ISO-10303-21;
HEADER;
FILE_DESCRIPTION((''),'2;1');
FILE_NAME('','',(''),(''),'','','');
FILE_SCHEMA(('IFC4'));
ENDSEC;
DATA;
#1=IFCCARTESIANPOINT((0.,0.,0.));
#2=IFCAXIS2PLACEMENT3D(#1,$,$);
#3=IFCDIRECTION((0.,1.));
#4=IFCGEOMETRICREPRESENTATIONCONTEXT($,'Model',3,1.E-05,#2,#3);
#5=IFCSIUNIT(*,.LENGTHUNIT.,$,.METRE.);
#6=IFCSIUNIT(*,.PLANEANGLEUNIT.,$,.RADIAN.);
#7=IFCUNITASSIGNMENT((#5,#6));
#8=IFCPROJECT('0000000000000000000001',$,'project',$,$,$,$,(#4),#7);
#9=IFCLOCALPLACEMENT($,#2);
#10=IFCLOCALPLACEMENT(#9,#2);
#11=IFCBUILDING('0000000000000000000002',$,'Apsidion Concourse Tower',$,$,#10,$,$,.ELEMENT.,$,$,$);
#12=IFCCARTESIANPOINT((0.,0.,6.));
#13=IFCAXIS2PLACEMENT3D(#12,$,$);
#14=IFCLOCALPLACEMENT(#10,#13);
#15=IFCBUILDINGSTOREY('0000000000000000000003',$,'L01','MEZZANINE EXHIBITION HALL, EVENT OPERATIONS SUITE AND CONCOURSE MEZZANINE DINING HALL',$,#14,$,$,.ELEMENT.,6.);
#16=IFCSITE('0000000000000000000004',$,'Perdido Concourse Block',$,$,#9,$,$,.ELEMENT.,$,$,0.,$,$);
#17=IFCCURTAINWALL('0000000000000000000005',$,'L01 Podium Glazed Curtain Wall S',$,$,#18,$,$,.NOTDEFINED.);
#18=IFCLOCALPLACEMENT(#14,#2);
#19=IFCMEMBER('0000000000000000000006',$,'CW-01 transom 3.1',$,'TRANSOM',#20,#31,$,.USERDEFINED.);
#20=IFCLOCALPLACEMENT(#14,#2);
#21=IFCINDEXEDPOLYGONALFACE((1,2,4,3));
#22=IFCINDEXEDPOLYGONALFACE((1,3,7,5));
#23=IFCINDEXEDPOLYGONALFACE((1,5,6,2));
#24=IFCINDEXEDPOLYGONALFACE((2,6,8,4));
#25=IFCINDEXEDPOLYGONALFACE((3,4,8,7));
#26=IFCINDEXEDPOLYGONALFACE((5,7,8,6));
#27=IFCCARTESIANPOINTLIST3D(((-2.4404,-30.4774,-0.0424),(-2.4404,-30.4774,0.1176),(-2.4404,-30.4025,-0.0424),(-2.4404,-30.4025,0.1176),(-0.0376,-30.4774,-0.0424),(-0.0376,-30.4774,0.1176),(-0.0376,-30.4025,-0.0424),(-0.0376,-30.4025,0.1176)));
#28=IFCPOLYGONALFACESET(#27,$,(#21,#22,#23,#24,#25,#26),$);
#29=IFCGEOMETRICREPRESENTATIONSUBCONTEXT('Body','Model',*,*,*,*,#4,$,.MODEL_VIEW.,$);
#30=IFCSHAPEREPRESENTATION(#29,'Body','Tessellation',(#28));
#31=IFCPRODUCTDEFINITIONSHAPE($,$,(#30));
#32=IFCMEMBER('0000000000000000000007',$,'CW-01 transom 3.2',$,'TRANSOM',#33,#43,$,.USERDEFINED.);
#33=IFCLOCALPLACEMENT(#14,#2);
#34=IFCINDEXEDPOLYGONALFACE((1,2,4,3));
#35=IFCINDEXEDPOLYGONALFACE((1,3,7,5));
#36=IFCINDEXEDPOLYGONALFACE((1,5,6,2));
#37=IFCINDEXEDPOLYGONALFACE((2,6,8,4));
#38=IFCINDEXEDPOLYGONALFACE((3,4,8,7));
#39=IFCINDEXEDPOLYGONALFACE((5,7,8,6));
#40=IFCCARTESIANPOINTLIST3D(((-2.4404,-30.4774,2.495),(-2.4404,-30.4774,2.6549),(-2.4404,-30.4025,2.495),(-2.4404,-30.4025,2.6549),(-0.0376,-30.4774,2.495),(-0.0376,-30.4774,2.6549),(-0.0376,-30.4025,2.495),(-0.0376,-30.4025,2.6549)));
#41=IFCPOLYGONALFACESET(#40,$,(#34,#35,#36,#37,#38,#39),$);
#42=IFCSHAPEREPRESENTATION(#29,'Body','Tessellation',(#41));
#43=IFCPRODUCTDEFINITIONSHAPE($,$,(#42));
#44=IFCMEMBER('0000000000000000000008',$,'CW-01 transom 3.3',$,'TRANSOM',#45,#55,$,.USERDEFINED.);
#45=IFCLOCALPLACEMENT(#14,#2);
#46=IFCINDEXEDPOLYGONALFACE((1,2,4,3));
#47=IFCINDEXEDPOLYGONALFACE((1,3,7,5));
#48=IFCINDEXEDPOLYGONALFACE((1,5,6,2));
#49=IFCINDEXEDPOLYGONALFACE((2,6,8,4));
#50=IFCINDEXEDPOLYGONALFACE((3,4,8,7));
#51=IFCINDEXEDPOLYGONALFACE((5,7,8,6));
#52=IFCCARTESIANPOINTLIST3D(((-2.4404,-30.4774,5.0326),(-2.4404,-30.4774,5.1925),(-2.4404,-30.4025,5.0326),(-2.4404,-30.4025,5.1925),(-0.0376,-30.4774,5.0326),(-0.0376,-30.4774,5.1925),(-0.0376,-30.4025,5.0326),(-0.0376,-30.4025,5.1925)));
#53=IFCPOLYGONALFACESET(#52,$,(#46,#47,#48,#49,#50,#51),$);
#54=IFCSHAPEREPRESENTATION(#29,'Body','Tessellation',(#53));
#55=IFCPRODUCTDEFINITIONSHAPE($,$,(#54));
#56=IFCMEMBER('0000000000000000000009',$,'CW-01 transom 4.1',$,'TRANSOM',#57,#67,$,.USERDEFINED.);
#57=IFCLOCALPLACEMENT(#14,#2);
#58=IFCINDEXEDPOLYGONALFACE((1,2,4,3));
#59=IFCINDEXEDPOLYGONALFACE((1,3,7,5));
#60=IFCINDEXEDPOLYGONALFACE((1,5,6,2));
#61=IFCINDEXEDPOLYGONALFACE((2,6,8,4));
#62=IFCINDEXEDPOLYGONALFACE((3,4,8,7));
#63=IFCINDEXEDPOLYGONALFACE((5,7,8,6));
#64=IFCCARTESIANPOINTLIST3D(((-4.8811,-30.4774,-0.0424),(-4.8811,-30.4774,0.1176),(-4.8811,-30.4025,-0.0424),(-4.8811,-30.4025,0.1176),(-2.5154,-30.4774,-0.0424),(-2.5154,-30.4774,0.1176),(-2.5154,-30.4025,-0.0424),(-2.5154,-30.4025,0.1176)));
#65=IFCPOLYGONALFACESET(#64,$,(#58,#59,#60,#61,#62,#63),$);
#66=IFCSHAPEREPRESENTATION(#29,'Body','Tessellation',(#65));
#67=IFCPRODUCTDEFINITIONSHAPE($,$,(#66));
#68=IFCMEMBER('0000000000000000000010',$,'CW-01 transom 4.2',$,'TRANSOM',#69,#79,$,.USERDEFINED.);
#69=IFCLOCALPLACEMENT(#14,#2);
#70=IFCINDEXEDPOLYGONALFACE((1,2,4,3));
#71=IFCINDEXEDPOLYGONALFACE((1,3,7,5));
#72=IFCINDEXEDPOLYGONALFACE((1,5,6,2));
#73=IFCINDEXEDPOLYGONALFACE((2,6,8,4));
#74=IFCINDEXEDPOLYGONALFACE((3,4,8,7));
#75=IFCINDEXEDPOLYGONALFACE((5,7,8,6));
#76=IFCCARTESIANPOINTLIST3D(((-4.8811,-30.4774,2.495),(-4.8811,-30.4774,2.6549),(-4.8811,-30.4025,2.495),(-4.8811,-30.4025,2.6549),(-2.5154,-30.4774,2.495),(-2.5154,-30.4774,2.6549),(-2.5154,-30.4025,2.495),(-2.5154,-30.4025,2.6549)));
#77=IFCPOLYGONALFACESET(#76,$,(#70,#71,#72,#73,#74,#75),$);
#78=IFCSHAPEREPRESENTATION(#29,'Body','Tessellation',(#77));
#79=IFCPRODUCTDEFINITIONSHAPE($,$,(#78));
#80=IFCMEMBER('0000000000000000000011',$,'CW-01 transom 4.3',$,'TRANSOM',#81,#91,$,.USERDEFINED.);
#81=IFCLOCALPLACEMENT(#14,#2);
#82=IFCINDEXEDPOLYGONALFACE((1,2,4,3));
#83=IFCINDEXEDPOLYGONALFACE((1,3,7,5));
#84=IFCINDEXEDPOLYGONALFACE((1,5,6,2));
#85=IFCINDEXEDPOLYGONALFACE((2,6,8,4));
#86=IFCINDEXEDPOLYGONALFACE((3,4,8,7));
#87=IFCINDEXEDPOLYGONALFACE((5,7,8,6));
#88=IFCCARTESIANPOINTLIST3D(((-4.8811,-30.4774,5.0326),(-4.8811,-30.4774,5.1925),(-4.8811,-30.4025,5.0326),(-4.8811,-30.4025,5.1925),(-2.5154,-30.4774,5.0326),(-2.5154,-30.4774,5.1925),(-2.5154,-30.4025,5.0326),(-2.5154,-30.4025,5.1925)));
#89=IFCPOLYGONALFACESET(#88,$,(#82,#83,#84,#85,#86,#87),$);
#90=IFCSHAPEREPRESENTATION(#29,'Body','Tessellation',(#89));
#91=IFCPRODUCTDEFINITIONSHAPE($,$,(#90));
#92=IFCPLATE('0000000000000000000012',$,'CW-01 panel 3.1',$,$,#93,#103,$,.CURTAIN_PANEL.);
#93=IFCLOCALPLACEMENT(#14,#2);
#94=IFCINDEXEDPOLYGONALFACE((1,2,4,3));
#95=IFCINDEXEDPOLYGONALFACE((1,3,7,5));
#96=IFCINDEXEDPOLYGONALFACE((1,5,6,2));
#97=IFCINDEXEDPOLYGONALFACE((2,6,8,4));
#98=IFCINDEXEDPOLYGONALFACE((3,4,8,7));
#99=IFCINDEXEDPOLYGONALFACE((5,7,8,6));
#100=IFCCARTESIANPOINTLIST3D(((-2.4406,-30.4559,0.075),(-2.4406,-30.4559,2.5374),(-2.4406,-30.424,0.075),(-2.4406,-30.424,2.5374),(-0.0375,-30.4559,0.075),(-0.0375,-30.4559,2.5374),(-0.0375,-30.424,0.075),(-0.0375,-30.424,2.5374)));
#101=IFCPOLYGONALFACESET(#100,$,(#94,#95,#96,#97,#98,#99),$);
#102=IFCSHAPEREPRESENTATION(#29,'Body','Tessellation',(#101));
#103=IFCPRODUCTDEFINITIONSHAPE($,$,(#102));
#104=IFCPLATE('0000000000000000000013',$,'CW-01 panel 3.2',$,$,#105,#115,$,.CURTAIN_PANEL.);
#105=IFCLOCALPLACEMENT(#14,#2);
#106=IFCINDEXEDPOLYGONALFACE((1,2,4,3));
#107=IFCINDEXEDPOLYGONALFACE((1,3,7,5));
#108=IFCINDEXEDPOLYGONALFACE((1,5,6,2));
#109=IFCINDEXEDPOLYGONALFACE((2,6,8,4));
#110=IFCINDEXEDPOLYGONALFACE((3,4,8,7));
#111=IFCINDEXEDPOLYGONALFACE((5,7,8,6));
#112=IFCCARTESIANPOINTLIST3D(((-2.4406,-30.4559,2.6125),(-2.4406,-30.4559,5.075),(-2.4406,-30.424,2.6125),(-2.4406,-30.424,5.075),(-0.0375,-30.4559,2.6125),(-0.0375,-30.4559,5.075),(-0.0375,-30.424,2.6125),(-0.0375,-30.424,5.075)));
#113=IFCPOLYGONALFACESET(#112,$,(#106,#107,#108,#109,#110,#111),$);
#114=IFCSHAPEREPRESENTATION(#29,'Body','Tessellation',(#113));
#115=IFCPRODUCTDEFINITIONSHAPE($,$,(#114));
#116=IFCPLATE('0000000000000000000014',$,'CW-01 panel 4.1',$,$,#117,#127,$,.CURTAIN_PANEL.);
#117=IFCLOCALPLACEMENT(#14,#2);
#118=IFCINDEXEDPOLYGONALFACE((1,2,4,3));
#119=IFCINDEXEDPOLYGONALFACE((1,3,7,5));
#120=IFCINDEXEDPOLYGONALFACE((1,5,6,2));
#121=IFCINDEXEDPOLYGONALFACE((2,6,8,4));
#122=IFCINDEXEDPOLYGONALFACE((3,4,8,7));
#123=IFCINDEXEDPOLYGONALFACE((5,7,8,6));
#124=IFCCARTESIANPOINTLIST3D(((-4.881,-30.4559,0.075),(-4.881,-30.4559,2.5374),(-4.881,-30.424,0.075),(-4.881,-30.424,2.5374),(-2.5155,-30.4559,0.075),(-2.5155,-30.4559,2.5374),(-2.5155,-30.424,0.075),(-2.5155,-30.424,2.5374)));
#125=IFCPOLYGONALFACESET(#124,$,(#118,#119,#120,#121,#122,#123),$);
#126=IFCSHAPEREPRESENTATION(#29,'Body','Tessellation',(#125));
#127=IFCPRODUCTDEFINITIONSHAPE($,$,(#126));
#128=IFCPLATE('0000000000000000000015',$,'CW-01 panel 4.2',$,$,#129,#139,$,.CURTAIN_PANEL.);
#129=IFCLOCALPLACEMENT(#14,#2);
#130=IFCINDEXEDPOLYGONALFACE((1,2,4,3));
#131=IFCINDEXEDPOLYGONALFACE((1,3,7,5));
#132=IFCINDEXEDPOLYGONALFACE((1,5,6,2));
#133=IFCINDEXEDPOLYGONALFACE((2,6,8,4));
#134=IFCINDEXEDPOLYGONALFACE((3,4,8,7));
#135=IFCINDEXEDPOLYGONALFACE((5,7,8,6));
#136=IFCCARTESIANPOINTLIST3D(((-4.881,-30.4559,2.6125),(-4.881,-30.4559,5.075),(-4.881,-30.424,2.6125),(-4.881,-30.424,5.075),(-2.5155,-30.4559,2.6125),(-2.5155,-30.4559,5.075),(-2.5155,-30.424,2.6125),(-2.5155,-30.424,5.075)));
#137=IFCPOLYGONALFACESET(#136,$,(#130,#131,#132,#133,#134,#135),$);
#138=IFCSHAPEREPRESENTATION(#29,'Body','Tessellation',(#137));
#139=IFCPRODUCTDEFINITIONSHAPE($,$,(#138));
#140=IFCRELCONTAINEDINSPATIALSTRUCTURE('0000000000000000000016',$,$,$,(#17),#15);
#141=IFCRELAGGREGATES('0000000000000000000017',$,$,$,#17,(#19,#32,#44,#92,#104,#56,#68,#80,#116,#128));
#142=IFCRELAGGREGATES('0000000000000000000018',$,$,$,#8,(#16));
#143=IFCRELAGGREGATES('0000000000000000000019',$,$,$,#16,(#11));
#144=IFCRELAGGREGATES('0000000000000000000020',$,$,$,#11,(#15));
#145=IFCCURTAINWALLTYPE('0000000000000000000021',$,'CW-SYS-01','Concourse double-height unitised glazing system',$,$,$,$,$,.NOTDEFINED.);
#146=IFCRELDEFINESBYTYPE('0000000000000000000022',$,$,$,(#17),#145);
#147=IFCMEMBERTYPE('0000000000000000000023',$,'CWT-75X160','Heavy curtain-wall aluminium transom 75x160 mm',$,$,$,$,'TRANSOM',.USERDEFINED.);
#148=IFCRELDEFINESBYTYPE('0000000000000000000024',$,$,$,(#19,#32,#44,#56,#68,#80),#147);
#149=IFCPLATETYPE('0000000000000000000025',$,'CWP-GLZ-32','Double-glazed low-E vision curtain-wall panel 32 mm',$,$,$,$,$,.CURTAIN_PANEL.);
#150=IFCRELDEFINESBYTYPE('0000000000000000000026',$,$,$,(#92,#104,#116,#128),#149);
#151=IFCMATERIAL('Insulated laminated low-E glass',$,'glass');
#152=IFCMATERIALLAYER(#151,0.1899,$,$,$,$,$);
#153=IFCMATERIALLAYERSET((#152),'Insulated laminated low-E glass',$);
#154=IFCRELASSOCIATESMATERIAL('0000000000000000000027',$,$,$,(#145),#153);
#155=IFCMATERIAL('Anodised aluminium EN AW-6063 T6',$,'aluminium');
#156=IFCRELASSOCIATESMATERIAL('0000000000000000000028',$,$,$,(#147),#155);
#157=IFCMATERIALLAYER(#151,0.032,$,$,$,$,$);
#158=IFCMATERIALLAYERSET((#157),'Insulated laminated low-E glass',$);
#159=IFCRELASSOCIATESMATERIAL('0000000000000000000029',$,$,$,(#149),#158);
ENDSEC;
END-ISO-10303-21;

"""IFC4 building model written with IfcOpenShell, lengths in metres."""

from ifc_helpers import new_model, si_unit, direction, frame, origin, origin_2d, place, context, subcontext, project, spatial, rectangle, extrude, material, layer, layer_set, material_profile, profile_set, type_object, element, aggregate, save


model = new_model("IFC4")

# Units and contexts
model_context = context("Model", 3, precision=1e-05, world=origin(), true_north=direction((0.0, 1.0)))
body_context = subcontext(model_context, "Body", "Model", "MODEL_VIEW")
ifc_project = project(units=[si_unit("LENGTHUNIT", "METRE"), si_unit("PLANEANGLEUNIT", "RADIAN")], contexts=[model_context])

# Site, building, storey
site_placement = place(None, origin())
site = spatial("IfcSite", under=ifc_project, at=site_placement, Name="Perdido Concourse Block", CompositionType="ELEMENT", RefElevation=0.0)
building_placement = place(site_placement, origin())
building = spatial("IfcBuilding", under=site, at=building_placement, Name="Apsidion Concourse Tower", CompositionType="ELEMENT")
storey_placement = place(building_placement, frame((0.0, 0.0, 6.0)))
storey = spatial("IfcBuildingStorey", under=building, at=storey_placement, Name="L01", Description="MEZZANINE EXHIBITION HALL, EVENT OPERATIONS SUITE AND CONCOURSE MEZZANINE DINING HALL", CompositionType="ELEMENT", Elevation=6.0)

# Curtain wall, members, plates
ifc_material_1 = material(Name="Insulated laminated low-E glass", Category="glass")
ifc_layer_1 = layer(ifc_material_1, 0.1899)
ifc_layer_set_1 = layer_set([ifc_layer_1], Name="Insulated laminated low-E glass")
curtain_wall_type = type_object("IfcCurtainWallType", Name="CW-SYS-01", Description="Concourse double-height unitised glazing system", PredefinedType="NOTDEFINED", material=ifc_layer_set_1)
curtain_wall_placement = place(storey_placement, origin())
curtain_wall = element("IfcCurtainWall", 1, at=curtain_wall_placement, inside=storey, type_object=curtain_wall_type, Name="L01 Podium Glazed Curtain Wall S", PredefinedType="NOTDEFINED")
ifc_material_2 = material(Name="Anodised aluminium EN AW-6063 T6", Category="aluminium")
ifc_material_profile_1 = material_profile(ifc_material_2, rectangle(XDim=0.075, YDim=0.1599, at=origin_2d()), Name="ALU TRANSOM 75x160")
ifc_profile_set_1 = profile_set([ifc_material_profile_1], Name="Anodised aluminium EN AW-6063 T6")
member_type_1 = type_object("IfcMemberType", Name="CWT-75X160", Description="Heavy curtain-wall aluminium transom 75x160 mm", ElementType="TRANSOM", PredefinedType="USERDEFINED", material=ifc_profile_set_1)
member_1_placement = place(storey_placement, frame((-0.0376, -30.4399, 0.0376), z_axis=(-1.0, 0.0, 0.0), x_axis=(0.0, -1.0, 0.0)))
member_1 = element("IfcMember", 2, at=member_1_placement, type_object=member_type_1, Name="CW-01 transom 3.1", ObjectType="TRANSOM", PredefinedType="USERDEFINED", context=body_context, shape_type="SweptSolid", body=[
    extrude(rectangle(XDim=0.075, YDim=0.1599, at=origin_2d()), origin(), (0.0, 0.0, 1.0), 2.4028),
])
member_2_placement = place(storey_placement, frame((-0.0376, -30.4399, 2.575), z_axis=(-1.0, 0.0, 0.0), x_axis=(0.0, -1.0, 0.0)))
member_2 = element("IfcMember", 3, at=member_2_placement, type_object=member_type_1, Name="CW-01 transom 3.2", ObjectType="TRANSOM", PredefinedType="USERDEFINED", context=body_context, shape_type="SweptSolid", body=[
    extrude(rectangle(XDim=0.075, YDim=0.1599, at=origin_2d()), origin(), (0.0, 0.0, 1.0), 2.4028),
])
member_3_placement = place(storey_placement, frame((-0.0376, -30.4399, 5.1125), z_axis=(-1.0, 0.0, 0.0), x_axis=(0.0, -1.0, 0.0)))
member_3 = element("IfcMember", 4, at=member_3_placement, type_object=member_type_1, Name="CW-01 transom 3.3", ObjectType="TRANSOM", PredefinedType="USERDEFINED", context=body_context, shape_type="SweptSolid", body=[
    extrude(rectangle(XDim=0.075, YDim=0.1599, at=origin_2d()), origin(), (0.0, 0.0, 1.0), 2.4028),
])
member_4_placement = place(storey_placement, frame((-2.5154, -30.4399, 0.0376), z_axis=(-1.0, 0.0, 0.0), x_axis=(0.0, -1.0, 0.0)))
member_4 = element("IfcMember", 5, at=member_4_placement, type_object=member_type_1, Name="CW-01 transom 4.1", ObjectType="TRANSOM", PredefinedType="USERDEFINED", context=body_context, shape_type="SweptSolid", body=[
    extrude(rectangle(XDim=0.075, YDim=0.1599, at=origin_2d()), origin(), (0.0, 0.0, 1.0), 2.3657),
])
member_5_placement = place(storey_placement, frame((-2.5154, -30.4399, 2.575), z_axis=(-1.0, 0.0, 0.0), x_axis=(0.0, -1.0, 0.0)))
member_5 = element("IfcMember", 6, at=member_5_placement, type_object=member_type_1, Name="CW-01 transom 4.2", ObjectType="TRANSOM", PredefinedType="USERDEFINED", context=body_context, shape_type="SweptSolid", body=[
    extrude(rectangle(XDim=0.075, YDim=0.1599, at=origin_2d()), origin(), (0.0, 0.0, 1.0), 2.3657),
])
member_6_placement = place(storey_placement, frame((-2.5154, -30.4399, 5.1125), z_axis=(-1.0, 0.0, 0.0), x_axis=(0.0, -1.0, 0.0)))
member_6 = element("IfcMember", 7, at=member_6_placement, type_object=member_type_1, Name="CW-01 transom 4.3", ObjectType="TRANSOM", PredefinedType="USERDEFINED", context=body_context, shape_type="SweptSolid", body=[
    extrude(rectangle(XDim=0.075, YDim=0.1599, at=origin_2d()), origin(), (0.0, 0.0, 1.0), 2.3657),
])
ifc_layer_2 = layer(ifc_material_1, 0.032)
ifc_layer_set_2 = layer_set([ifc_layer_2], Name="Insulated laminated low-E glass")
plate_type = type_object("IfcPlateType", Name="CWP-GLZ-32", Description="Double-glazed low-E vision curtain-wall panel 32 mm", PredefinedType="CURTAIN_PANEL", material=ifc_layer_set_2)
plate_1_placement = place(storey_placement, frame((-1.239, -30.4399, 0.075), z_axis=(0.0, 0.0, 1.0), x_axis=(-1.0, 0.0, 0.0)))
plate_1 = element("IfcPlate", 8, at=plate_1_placement, type_object=plate_type, Name="CW-01 panel 3.1", PredefinedType="CURTAIN_PANEL", context=body_context, shape_type="SweptSolid", body=[
    extrude(rectangle(XDim=2.4031, YDim=0.032, at=origin_2d()), origin(), (0.0, 0.0, 1.0), 2.4624),
])
plate_2_placement = place(storey_placement, frame((-1.239, -30.4399, 2.6125), z_axis=(0.0, 0.0, 1.0), x_axis=(-1.0, 0.0, 0.0)))
plate_2 = element("IfcPlate", 9, at=plate_2_placement, type_object=plate_type, Name="CW-01 panel 3.2", PredefinedType="CURTAIN_PANEL", context=body_context, shape_type="SweptSolid", body=[
    extrude(rectangle(XDim=2.4031, YDim=0.032, at=origin_2d()), origin(), (0.0, 0.0, 1.0), 2.4624),
])
plate_3_placement = place(storey_placement, frame((-3.6982, -30.4399, 0.075), z_axis=(0.0, 0.0, 1.0), x_axis=(-1.0, 0.0, 0.0)))
plate_3 = element("IfcPlate", 10, at=plate_3_placement, type_object=plate_type, Name="CW-01 panel 4.1", PredefinedType="CURTAIN_PANEL", context=body_context, shape_type="SweptSolid", body=[
    extrude(rectangle(XDim=2.3655, YDim=0.032, at=origin_2d()), origin(), (0.0, 0.0, 1.0), 2.4624),
])
plate_4_placement = place(storey_placement, frame((-3.6982, -30.4399, 2.6125), z_axis=(0.0, 0.0, 1.0), x_axis=(-1.0, 0.0, 0.0)))
plate_4 = element("IfcPlate", 11, at=plate_4_placement, type_object=plate_type, Name="CW-01 panel 4.2", PredefinedType="CURTAIN_PANEL", context=body_context, shape_type="SweptSolid", body=[
    extrude(rectangle(XDim=2.3655, YDim=0.032, at=origin_2d()), origin(), (0.0, 0.0, 1.0), 2.4624),
])
aggregate(curtain_wall, [member_1, member_2, member_3, plate_1, plate_2, member_4, member_5, member_6, plate_3, plate_4])

save(model, "model.ifc")
